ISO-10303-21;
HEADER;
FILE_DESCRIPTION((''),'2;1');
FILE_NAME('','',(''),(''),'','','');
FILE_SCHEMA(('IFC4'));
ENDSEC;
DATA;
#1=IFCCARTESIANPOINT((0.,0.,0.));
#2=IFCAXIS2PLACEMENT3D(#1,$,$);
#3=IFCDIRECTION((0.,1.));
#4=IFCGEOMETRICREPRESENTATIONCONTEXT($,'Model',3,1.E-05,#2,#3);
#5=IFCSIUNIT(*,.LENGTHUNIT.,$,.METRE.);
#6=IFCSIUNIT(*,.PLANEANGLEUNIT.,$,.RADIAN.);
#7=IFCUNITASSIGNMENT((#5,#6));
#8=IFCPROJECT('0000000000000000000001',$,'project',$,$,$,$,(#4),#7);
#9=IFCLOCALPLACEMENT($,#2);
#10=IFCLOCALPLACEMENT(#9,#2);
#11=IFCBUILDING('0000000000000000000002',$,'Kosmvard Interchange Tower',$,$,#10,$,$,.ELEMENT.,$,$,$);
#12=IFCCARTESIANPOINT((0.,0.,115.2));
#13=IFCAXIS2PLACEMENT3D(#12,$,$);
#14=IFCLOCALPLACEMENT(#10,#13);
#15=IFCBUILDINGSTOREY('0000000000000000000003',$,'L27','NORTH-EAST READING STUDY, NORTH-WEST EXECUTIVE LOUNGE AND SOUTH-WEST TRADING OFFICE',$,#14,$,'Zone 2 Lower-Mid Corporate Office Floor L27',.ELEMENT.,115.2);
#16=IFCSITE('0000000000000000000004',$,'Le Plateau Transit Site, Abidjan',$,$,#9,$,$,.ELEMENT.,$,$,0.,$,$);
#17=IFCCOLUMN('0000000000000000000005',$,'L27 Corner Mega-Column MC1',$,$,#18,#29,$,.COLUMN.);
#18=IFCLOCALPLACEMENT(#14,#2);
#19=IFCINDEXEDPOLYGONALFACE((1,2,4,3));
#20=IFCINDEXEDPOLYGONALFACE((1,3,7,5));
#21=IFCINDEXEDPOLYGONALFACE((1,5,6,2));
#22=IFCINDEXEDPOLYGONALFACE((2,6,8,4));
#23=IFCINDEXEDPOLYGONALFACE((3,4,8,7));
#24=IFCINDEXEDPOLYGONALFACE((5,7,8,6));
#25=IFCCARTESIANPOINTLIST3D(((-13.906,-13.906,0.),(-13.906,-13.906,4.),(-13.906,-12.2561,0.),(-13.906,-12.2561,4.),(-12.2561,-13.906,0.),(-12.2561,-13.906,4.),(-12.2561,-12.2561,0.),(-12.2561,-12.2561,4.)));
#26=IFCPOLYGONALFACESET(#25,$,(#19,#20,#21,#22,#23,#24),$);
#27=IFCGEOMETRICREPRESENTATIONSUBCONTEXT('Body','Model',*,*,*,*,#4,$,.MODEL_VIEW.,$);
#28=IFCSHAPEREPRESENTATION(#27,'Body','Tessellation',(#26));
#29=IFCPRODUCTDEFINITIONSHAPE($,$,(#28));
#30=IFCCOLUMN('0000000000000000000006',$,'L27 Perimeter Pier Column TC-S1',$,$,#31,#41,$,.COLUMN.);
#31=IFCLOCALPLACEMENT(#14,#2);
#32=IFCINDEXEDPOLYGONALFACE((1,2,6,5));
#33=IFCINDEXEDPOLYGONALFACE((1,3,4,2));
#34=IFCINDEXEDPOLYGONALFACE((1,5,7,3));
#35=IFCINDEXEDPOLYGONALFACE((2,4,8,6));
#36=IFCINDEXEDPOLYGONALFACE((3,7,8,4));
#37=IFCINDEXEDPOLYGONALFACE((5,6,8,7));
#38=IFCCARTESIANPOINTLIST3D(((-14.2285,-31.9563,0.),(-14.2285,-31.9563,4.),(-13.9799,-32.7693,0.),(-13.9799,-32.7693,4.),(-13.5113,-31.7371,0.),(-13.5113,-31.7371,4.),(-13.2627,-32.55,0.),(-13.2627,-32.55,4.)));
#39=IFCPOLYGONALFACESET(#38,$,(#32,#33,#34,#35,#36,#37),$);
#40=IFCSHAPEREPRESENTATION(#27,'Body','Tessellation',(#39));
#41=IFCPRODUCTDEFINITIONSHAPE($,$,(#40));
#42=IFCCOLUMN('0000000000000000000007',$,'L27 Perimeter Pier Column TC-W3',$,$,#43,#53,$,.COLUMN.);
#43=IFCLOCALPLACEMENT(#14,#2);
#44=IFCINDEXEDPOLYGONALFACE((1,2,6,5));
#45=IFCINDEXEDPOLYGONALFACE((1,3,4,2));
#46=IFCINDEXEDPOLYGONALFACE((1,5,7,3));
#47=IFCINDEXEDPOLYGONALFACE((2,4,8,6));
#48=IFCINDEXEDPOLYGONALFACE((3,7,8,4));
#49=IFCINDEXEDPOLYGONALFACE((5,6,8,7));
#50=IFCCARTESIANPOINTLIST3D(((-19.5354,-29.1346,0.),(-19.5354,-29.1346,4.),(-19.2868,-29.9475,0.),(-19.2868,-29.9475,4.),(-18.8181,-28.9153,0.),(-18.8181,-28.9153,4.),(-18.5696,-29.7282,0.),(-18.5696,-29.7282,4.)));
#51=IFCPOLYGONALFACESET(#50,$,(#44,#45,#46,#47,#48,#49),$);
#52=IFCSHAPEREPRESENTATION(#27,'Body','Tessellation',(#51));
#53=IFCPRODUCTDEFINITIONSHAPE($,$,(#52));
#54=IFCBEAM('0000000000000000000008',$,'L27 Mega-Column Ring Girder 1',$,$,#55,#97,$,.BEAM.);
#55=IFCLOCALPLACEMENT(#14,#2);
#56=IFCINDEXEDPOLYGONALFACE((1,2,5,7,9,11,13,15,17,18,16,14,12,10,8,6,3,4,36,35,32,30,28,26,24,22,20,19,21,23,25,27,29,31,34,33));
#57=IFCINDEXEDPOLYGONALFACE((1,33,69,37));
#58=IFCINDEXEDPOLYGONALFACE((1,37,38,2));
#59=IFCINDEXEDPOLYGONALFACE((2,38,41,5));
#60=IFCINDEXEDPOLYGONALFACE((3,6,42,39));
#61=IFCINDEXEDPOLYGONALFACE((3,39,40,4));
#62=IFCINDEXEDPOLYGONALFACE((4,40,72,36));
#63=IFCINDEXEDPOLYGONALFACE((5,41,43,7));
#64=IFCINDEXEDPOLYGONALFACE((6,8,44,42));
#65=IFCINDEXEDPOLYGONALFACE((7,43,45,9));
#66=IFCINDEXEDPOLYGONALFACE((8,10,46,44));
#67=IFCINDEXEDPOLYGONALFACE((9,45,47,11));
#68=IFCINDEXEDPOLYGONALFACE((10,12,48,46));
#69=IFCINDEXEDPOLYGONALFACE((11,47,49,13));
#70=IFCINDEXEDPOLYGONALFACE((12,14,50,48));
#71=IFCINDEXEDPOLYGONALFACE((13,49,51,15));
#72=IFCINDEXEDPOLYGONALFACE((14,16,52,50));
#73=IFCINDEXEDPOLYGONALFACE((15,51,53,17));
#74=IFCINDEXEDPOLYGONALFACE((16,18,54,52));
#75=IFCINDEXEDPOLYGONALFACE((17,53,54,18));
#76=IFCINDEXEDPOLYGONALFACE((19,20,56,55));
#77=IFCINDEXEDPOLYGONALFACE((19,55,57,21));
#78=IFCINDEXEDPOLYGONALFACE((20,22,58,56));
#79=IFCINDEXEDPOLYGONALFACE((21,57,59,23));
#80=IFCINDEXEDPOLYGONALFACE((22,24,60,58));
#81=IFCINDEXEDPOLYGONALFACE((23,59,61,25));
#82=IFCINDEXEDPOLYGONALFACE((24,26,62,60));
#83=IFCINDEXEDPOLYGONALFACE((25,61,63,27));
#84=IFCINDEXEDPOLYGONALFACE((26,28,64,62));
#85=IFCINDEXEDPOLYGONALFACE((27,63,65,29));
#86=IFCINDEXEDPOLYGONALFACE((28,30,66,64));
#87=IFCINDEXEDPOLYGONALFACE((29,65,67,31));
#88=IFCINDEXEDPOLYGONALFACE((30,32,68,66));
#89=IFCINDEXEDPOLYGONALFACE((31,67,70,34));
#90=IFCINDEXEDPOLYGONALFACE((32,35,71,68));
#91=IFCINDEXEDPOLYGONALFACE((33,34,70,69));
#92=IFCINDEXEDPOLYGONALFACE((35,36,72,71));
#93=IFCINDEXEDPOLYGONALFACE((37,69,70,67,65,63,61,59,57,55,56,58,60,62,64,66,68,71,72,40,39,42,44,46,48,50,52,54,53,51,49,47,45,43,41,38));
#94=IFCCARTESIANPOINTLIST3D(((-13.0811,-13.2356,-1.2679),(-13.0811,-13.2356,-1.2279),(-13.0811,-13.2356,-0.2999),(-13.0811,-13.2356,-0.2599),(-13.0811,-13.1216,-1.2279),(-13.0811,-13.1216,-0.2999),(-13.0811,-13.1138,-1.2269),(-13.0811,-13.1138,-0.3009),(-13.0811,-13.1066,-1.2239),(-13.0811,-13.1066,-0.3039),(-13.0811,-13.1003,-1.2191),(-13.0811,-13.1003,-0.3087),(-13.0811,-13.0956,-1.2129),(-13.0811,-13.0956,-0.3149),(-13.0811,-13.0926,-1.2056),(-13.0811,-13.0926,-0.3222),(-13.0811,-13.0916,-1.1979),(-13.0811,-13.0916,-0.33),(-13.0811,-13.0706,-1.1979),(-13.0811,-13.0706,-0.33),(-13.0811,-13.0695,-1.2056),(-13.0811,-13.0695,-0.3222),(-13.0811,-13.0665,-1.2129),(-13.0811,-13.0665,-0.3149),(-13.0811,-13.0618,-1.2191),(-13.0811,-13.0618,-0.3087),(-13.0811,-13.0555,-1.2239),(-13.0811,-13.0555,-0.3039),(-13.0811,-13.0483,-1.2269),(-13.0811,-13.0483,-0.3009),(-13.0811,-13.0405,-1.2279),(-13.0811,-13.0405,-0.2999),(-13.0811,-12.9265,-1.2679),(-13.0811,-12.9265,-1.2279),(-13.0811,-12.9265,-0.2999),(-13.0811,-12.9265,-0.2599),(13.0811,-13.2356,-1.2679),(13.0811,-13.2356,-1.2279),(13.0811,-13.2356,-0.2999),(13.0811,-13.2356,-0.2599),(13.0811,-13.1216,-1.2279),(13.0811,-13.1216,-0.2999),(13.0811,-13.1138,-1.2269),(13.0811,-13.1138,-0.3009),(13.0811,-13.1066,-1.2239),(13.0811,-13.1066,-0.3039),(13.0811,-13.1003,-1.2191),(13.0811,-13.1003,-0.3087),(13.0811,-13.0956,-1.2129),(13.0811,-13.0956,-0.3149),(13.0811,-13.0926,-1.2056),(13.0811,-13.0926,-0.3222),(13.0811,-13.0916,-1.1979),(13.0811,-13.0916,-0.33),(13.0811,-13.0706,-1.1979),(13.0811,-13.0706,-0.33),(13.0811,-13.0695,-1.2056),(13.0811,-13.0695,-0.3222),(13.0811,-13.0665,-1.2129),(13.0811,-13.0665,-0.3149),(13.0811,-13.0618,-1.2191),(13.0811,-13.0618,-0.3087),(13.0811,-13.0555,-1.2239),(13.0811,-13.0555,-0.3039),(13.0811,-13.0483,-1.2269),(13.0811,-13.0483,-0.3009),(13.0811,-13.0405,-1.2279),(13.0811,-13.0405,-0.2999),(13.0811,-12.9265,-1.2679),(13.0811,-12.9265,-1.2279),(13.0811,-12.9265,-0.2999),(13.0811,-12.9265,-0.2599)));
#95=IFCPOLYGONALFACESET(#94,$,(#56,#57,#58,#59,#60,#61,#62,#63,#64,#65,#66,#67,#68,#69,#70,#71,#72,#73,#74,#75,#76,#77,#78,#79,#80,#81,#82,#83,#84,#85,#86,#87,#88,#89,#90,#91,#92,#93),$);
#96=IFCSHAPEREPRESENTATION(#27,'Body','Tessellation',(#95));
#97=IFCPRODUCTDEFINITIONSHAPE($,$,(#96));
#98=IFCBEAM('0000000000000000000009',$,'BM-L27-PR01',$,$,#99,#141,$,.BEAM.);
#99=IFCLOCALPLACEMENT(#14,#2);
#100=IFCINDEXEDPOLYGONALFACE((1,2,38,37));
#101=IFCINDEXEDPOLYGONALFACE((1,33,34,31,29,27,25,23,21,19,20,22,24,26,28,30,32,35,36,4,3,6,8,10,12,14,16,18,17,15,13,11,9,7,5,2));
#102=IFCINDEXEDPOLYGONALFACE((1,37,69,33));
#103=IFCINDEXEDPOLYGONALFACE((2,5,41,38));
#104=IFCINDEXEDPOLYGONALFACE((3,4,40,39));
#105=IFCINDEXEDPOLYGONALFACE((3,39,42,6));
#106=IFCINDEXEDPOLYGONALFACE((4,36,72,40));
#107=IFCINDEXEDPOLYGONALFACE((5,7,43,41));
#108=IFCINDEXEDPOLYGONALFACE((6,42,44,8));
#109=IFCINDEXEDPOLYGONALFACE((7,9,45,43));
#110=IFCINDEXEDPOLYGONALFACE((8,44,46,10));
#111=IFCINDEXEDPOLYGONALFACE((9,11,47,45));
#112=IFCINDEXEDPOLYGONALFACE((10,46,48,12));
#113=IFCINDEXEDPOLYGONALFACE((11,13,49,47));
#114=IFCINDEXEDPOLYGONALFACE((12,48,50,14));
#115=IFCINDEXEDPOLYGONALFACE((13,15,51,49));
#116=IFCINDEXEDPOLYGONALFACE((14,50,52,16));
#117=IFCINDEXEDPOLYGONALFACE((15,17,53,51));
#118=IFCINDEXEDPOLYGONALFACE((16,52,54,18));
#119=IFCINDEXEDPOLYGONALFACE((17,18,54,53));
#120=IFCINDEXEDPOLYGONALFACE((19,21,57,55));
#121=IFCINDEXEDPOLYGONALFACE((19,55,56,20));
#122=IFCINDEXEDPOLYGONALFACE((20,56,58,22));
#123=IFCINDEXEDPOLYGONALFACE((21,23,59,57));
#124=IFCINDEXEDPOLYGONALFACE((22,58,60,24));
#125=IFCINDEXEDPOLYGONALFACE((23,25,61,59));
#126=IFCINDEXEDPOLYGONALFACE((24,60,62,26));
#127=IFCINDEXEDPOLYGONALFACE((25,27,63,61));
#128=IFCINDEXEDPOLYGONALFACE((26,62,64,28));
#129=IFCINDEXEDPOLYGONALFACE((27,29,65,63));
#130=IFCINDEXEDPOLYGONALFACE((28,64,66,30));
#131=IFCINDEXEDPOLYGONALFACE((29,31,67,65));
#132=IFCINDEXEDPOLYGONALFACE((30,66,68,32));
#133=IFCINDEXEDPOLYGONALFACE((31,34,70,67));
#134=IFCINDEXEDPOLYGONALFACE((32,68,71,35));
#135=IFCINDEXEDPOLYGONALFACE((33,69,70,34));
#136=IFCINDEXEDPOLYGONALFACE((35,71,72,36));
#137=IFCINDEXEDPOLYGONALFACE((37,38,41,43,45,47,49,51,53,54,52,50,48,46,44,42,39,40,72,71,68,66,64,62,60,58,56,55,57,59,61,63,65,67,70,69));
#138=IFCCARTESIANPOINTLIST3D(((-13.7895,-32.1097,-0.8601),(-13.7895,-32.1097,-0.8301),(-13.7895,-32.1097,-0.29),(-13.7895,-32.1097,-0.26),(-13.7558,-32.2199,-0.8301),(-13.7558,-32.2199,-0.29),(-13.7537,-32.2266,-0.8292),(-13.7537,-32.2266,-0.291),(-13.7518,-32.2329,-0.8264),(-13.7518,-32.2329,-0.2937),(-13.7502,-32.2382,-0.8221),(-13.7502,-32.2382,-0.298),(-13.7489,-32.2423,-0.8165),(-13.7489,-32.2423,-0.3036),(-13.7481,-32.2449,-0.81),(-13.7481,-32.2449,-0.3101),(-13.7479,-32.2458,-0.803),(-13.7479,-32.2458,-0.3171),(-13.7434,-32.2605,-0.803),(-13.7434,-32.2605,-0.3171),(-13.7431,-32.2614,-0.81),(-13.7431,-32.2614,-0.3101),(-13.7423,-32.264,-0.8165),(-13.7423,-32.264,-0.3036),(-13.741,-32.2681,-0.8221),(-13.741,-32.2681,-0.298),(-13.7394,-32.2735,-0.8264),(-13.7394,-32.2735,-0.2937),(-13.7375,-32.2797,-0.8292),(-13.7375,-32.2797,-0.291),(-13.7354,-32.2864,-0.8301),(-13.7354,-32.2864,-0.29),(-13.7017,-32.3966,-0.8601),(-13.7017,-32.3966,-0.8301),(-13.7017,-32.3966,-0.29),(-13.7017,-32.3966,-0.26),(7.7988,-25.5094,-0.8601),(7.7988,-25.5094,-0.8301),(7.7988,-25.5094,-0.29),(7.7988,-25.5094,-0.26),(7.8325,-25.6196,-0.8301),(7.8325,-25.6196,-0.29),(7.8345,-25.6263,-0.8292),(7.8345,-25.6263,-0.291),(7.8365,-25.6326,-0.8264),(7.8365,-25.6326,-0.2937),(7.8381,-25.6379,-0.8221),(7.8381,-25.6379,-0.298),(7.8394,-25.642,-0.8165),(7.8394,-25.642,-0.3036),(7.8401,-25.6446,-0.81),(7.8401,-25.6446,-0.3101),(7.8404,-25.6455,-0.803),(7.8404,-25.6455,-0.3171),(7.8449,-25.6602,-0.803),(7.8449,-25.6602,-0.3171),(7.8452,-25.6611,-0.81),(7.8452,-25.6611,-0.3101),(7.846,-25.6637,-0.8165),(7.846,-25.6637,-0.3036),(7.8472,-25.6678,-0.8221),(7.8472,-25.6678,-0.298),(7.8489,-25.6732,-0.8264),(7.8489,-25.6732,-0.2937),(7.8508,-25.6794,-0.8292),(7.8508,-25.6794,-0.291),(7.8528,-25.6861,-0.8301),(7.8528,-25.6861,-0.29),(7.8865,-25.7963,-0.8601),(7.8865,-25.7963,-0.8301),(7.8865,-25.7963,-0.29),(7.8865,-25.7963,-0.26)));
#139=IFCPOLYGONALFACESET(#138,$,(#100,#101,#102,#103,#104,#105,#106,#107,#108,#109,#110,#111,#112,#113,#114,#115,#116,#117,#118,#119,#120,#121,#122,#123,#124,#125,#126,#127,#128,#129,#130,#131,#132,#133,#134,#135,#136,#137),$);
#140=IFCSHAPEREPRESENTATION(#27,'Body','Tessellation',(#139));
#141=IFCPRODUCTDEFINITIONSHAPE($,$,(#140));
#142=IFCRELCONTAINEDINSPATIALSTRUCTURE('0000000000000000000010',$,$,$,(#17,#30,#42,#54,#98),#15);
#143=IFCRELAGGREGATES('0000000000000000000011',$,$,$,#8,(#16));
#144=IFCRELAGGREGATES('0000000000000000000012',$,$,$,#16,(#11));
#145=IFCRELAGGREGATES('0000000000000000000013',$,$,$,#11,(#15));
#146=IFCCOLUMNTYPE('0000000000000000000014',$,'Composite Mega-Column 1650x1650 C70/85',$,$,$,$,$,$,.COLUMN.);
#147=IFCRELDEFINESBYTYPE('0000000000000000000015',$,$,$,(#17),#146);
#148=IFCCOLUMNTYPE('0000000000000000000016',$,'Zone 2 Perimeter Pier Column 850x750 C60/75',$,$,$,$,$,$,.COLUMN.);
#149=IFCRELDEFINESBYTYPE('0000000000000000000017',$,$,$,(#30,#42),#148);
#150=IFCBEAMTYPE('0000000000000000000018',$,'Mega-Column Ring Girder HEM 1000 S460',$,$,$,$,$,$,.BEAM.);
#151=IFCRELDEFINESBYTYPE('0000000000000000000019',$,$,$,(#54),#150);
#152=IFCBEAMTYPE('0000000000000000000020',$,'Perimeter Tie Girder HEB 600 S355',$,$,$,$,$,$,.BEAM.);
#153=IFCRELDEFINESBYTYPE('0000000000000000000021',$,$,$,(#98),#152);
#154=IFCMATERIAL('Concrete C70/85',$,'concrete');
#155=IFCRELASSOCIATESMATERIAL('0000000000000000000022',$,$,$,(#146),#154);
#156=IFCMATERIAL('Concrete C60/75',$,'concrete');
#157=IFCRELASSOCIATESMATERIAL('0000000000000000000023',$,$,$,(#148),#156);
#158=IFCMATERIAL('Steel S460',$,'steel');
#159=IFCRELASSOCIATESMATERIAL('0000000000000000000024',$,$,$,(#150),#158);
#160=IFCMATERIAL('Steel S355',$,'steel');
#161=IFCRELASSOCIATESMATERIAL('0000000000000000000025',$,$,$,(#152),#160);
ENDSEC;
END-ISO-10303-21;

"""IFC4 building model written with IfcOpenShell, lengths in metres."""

from ifc_helpers import new_model, si_unit, direction, frame, origin, origin_2d, place, context, subcontext, project, spatial, rectangle, i_section, extrude, source, transform, mapped, material, material_profile, profile_set, type_object, element, save


model = new_model("IFC4")

# Units and contexts
model_context = context("Model", 3, precision=1e-05, world=origin(), true_north=direction((0.0, 1.0)))
body_context = subcontext(model_context, "Body", "Model", "MODEL_VIEW")
ifc_project = project(units=[si_unit("LENGTHUNIT", "METRE"), si_unit("PLANEANGLEUNIT", "RADIAN")], contexts=[model_context])

# Site, building, storey
site_placement = place(None, origin())
site = spatial("IfcSite", under=ifc_project, at=site_placement, Name="Le Plateau Transit Site, Abidjan", CompositionType="ELEMENT", RefElevation=0.0)
building_placement = place(site_placement, origin())
building = spatial("IfcBuilding", under=site, at=building_placement, Name="Kosmvard Interchange Tower", CompositionType="ELEMENT")
storey_placement = place(building_placement, frame((0.0, 0.0, 115.2)))
storey = spatial("IfcBuildingStorey", under=building, at=storey_placement, Name="L27", Description="NORTH-EAST READING STUDY, NORTH-WEST EXECUTIVE LOUNGE AND SOUTH-WEST TRADING OFFICE", LongName="Zone 2 Lower-Mid Corporate Office Floor L27", CompositionType="ELEMENT", Elevation=115.2)

# Columns
ifc_material_1 = material(Name="Concrete C70/85", Category="concrete")
ifc_material_profile_1 = material_profile(ifc_material_1, rectangle(XDim=1.6499, YDim=1.6499, at=origin_2d()), Name="MC 1650x1650")
ifc_profile_set_1 = profile_set([ifc_material_profile_1], Name="Concrete C70/85")
column_type_1 = type_object("IfcColumnType", Name="Composite Mega-Column 1650x1650 C70/85", PredefinedType="COLUMN", material=ifc_profile_set_1)
shared_shape_1 = source(origin(), body_context, "Body", "SweptSolid", [
    extrude(rectangle(XDim=1.6499, YDim=1.6499, at=origin_2d()), origin(), (0.0, 0.0, 1.0), 4.0),
])
column_placement = place(storey_placement, frame((-13.0811, -13.0811, 0.0), z_axis=(0.0, 0.0, 1.0), x_axis=(1.0, 0.0, 0.0)))
element("IfcColumn", 1, at=column_placement, inside=storey, type_object=column_type_1, Name="L27 Corner Mega-Column MC1", PredefinedType="COLUMN", context=body_context, shape_type="MappedRepresentation", body=[
    mapped(shared_shape_1, transform((0.0, 0.0, 0.0), scale=1.0)),
])
ifc_material_2 = material(Name="Concrete C60/75", Category="concrete")
ifc_material_profile_2 = material_profile(ifc_material_2, rectangle(XDim=0.75, YDim=0.8501, at=origin_2d()), Name="TC 850x750")
ifc_profile_set_2 = profile_set([ifc_material_profile_2], Name="Concrete C60/75")
column_type_2 = type_object("IfcColumnType", Name="Zone 2 Perimeter Pier Column 850x750 C60/75", PredefinedType="COLUMN", material=ifc_profile_set_2)
shared_shape_2 = source(origin(), body_context, "Body", "SweptSolid", [
    extrude(rectangle(XDim=0.75, YDim=0.8501, at=origin_2d()), origin(), (0.0, 0.0, 1.0), 4.0),
])
for number, where, z_axis, x_axis, name in (
    (2, (-13.7456, -32.2532, 0.0), (0.0, 0.0, 1.0), (0.956305, 0.292372, 0.0), "L27 Perimeter Pier Column TC-S1"),
    (3, (-19.0525, -29.4314, 0.0), (0.0, 0.0, 1.0), (0.956305, 0.292372, 0.0), "L27 Perimeter Pier Column TC-W3"),
):
    element("IfcColumn", number, at=place(storey_placement, frame(where, z_axis=z_axis, x_axis=x_axis)), inside=storey, type_object=column_type_2, Name=name, PredefinedType="COLUMN", context=body_context, shape_type="MappedRepresentation", body=[
        mapped(shared_shape_2, transform((0.0, 0.0, 0.0), scale=1.0)),
    ])

# Beams
ifc_material_3 = material(Name="Steel S460", Category="steel")
ifc_material_profile_3 = material_profile(ifc_material_3, i_section(OverallWidth=0.3091, OverallDepth=1.0081, WebThickness=0.021, FlangeThickness=0.04, FilletRadius=0.03, at=origin_2d()), Name="HEM 1000")
ifc_profile_set_3 = profile_set([ifc_material_profile_3], Name="Steel S460")
beam_type_1 = type_object("IfcBeamType", Name="Mega-Column Ring Girder HEM 1000 S460", PredefinedType="BEAM", material=ifc_profile_set_3)
shared_shape_3 = source(origin(), body_context, "Body", "SweptSolid", [
    extrude(i_section(OverallWidth=0.3091, OverallDepth=1.0081, WebThickness=0.021, FlangeThickness=0.04, FilletRadius=0.03, at=origin_2d()), origin(), (0.0, 0.0, 1.0), 26.1621),
])
beam_1_placement = place(storey_placement, frame((-13.0811, -13.0811, -0.7639), z_axis=(1.0, 0.0, 0.0), x_axis=(0.0, 1.0, 0.0)))
element("IfcBeam", 4, at=beam_1_placement, inside=storey, type_object=beam_type_1, Name="L27 Mega-Column Ring Girder 1", PredefinedType="BEAM", context=body_context, shape_type="MappedRepresentation", body=[
    mapped(shared_shape_3, transform((0.0, 0.0, 0.0), scale=1.0)),
])
ifc_material_4 = material(Name="Steel S355", Category="steel")
ifc_material_profile_4 = material_profile(ifc_material_4, i_section(OverallWidth=0.3, OverallDepth=0.6001, WebThickness=0.0154, FlangeThickness=0.03, FilletRadius=0.0271, at=origin_2d()), Name="HEB 600")
ifc_profile_set_4 = profile_set([ifc_material_profile_4], Name="Steel S355")
beam_type_2 = type_object("IfcBeamType", Name="Perimeter Tie Girder HEB 600 S355", PredefinedType="BEAM", material=ifc_profile_set_4)
shared_shape_4 = source(origin(), body_context, "Body", "SweptSolid", [
    extrude(i_section(OverallWidth=0.3, OverallDepth=0.6001, WebThickness=0.0154, FlangeThickness=0.03, FilletRadius=0.0271, at=origin_2d()), origin(), (0.0, 0.0, 1.0), 22.5747),
])
beam_2_placement = place(storey_placement, frame((-13.7456, -32.2532, -0.5601), z_axis=(0.956303, 0.292376, 0.0), x_axis=(-0.292376, 0.956303, 0.0)))
element("IfcBeam", 5, at=beam_2_placement, inside=storey, type_object=beam_type_2, Name="BM-L27-PR01", PredefinedType="BEAM", context=body_context, shape_type="MappedRepresentation", body=[
    mapped(shared_shape_4, transform((0.0, 0.0, 0.0), scale=1.0)),
])

save(model, "model.ifc")
